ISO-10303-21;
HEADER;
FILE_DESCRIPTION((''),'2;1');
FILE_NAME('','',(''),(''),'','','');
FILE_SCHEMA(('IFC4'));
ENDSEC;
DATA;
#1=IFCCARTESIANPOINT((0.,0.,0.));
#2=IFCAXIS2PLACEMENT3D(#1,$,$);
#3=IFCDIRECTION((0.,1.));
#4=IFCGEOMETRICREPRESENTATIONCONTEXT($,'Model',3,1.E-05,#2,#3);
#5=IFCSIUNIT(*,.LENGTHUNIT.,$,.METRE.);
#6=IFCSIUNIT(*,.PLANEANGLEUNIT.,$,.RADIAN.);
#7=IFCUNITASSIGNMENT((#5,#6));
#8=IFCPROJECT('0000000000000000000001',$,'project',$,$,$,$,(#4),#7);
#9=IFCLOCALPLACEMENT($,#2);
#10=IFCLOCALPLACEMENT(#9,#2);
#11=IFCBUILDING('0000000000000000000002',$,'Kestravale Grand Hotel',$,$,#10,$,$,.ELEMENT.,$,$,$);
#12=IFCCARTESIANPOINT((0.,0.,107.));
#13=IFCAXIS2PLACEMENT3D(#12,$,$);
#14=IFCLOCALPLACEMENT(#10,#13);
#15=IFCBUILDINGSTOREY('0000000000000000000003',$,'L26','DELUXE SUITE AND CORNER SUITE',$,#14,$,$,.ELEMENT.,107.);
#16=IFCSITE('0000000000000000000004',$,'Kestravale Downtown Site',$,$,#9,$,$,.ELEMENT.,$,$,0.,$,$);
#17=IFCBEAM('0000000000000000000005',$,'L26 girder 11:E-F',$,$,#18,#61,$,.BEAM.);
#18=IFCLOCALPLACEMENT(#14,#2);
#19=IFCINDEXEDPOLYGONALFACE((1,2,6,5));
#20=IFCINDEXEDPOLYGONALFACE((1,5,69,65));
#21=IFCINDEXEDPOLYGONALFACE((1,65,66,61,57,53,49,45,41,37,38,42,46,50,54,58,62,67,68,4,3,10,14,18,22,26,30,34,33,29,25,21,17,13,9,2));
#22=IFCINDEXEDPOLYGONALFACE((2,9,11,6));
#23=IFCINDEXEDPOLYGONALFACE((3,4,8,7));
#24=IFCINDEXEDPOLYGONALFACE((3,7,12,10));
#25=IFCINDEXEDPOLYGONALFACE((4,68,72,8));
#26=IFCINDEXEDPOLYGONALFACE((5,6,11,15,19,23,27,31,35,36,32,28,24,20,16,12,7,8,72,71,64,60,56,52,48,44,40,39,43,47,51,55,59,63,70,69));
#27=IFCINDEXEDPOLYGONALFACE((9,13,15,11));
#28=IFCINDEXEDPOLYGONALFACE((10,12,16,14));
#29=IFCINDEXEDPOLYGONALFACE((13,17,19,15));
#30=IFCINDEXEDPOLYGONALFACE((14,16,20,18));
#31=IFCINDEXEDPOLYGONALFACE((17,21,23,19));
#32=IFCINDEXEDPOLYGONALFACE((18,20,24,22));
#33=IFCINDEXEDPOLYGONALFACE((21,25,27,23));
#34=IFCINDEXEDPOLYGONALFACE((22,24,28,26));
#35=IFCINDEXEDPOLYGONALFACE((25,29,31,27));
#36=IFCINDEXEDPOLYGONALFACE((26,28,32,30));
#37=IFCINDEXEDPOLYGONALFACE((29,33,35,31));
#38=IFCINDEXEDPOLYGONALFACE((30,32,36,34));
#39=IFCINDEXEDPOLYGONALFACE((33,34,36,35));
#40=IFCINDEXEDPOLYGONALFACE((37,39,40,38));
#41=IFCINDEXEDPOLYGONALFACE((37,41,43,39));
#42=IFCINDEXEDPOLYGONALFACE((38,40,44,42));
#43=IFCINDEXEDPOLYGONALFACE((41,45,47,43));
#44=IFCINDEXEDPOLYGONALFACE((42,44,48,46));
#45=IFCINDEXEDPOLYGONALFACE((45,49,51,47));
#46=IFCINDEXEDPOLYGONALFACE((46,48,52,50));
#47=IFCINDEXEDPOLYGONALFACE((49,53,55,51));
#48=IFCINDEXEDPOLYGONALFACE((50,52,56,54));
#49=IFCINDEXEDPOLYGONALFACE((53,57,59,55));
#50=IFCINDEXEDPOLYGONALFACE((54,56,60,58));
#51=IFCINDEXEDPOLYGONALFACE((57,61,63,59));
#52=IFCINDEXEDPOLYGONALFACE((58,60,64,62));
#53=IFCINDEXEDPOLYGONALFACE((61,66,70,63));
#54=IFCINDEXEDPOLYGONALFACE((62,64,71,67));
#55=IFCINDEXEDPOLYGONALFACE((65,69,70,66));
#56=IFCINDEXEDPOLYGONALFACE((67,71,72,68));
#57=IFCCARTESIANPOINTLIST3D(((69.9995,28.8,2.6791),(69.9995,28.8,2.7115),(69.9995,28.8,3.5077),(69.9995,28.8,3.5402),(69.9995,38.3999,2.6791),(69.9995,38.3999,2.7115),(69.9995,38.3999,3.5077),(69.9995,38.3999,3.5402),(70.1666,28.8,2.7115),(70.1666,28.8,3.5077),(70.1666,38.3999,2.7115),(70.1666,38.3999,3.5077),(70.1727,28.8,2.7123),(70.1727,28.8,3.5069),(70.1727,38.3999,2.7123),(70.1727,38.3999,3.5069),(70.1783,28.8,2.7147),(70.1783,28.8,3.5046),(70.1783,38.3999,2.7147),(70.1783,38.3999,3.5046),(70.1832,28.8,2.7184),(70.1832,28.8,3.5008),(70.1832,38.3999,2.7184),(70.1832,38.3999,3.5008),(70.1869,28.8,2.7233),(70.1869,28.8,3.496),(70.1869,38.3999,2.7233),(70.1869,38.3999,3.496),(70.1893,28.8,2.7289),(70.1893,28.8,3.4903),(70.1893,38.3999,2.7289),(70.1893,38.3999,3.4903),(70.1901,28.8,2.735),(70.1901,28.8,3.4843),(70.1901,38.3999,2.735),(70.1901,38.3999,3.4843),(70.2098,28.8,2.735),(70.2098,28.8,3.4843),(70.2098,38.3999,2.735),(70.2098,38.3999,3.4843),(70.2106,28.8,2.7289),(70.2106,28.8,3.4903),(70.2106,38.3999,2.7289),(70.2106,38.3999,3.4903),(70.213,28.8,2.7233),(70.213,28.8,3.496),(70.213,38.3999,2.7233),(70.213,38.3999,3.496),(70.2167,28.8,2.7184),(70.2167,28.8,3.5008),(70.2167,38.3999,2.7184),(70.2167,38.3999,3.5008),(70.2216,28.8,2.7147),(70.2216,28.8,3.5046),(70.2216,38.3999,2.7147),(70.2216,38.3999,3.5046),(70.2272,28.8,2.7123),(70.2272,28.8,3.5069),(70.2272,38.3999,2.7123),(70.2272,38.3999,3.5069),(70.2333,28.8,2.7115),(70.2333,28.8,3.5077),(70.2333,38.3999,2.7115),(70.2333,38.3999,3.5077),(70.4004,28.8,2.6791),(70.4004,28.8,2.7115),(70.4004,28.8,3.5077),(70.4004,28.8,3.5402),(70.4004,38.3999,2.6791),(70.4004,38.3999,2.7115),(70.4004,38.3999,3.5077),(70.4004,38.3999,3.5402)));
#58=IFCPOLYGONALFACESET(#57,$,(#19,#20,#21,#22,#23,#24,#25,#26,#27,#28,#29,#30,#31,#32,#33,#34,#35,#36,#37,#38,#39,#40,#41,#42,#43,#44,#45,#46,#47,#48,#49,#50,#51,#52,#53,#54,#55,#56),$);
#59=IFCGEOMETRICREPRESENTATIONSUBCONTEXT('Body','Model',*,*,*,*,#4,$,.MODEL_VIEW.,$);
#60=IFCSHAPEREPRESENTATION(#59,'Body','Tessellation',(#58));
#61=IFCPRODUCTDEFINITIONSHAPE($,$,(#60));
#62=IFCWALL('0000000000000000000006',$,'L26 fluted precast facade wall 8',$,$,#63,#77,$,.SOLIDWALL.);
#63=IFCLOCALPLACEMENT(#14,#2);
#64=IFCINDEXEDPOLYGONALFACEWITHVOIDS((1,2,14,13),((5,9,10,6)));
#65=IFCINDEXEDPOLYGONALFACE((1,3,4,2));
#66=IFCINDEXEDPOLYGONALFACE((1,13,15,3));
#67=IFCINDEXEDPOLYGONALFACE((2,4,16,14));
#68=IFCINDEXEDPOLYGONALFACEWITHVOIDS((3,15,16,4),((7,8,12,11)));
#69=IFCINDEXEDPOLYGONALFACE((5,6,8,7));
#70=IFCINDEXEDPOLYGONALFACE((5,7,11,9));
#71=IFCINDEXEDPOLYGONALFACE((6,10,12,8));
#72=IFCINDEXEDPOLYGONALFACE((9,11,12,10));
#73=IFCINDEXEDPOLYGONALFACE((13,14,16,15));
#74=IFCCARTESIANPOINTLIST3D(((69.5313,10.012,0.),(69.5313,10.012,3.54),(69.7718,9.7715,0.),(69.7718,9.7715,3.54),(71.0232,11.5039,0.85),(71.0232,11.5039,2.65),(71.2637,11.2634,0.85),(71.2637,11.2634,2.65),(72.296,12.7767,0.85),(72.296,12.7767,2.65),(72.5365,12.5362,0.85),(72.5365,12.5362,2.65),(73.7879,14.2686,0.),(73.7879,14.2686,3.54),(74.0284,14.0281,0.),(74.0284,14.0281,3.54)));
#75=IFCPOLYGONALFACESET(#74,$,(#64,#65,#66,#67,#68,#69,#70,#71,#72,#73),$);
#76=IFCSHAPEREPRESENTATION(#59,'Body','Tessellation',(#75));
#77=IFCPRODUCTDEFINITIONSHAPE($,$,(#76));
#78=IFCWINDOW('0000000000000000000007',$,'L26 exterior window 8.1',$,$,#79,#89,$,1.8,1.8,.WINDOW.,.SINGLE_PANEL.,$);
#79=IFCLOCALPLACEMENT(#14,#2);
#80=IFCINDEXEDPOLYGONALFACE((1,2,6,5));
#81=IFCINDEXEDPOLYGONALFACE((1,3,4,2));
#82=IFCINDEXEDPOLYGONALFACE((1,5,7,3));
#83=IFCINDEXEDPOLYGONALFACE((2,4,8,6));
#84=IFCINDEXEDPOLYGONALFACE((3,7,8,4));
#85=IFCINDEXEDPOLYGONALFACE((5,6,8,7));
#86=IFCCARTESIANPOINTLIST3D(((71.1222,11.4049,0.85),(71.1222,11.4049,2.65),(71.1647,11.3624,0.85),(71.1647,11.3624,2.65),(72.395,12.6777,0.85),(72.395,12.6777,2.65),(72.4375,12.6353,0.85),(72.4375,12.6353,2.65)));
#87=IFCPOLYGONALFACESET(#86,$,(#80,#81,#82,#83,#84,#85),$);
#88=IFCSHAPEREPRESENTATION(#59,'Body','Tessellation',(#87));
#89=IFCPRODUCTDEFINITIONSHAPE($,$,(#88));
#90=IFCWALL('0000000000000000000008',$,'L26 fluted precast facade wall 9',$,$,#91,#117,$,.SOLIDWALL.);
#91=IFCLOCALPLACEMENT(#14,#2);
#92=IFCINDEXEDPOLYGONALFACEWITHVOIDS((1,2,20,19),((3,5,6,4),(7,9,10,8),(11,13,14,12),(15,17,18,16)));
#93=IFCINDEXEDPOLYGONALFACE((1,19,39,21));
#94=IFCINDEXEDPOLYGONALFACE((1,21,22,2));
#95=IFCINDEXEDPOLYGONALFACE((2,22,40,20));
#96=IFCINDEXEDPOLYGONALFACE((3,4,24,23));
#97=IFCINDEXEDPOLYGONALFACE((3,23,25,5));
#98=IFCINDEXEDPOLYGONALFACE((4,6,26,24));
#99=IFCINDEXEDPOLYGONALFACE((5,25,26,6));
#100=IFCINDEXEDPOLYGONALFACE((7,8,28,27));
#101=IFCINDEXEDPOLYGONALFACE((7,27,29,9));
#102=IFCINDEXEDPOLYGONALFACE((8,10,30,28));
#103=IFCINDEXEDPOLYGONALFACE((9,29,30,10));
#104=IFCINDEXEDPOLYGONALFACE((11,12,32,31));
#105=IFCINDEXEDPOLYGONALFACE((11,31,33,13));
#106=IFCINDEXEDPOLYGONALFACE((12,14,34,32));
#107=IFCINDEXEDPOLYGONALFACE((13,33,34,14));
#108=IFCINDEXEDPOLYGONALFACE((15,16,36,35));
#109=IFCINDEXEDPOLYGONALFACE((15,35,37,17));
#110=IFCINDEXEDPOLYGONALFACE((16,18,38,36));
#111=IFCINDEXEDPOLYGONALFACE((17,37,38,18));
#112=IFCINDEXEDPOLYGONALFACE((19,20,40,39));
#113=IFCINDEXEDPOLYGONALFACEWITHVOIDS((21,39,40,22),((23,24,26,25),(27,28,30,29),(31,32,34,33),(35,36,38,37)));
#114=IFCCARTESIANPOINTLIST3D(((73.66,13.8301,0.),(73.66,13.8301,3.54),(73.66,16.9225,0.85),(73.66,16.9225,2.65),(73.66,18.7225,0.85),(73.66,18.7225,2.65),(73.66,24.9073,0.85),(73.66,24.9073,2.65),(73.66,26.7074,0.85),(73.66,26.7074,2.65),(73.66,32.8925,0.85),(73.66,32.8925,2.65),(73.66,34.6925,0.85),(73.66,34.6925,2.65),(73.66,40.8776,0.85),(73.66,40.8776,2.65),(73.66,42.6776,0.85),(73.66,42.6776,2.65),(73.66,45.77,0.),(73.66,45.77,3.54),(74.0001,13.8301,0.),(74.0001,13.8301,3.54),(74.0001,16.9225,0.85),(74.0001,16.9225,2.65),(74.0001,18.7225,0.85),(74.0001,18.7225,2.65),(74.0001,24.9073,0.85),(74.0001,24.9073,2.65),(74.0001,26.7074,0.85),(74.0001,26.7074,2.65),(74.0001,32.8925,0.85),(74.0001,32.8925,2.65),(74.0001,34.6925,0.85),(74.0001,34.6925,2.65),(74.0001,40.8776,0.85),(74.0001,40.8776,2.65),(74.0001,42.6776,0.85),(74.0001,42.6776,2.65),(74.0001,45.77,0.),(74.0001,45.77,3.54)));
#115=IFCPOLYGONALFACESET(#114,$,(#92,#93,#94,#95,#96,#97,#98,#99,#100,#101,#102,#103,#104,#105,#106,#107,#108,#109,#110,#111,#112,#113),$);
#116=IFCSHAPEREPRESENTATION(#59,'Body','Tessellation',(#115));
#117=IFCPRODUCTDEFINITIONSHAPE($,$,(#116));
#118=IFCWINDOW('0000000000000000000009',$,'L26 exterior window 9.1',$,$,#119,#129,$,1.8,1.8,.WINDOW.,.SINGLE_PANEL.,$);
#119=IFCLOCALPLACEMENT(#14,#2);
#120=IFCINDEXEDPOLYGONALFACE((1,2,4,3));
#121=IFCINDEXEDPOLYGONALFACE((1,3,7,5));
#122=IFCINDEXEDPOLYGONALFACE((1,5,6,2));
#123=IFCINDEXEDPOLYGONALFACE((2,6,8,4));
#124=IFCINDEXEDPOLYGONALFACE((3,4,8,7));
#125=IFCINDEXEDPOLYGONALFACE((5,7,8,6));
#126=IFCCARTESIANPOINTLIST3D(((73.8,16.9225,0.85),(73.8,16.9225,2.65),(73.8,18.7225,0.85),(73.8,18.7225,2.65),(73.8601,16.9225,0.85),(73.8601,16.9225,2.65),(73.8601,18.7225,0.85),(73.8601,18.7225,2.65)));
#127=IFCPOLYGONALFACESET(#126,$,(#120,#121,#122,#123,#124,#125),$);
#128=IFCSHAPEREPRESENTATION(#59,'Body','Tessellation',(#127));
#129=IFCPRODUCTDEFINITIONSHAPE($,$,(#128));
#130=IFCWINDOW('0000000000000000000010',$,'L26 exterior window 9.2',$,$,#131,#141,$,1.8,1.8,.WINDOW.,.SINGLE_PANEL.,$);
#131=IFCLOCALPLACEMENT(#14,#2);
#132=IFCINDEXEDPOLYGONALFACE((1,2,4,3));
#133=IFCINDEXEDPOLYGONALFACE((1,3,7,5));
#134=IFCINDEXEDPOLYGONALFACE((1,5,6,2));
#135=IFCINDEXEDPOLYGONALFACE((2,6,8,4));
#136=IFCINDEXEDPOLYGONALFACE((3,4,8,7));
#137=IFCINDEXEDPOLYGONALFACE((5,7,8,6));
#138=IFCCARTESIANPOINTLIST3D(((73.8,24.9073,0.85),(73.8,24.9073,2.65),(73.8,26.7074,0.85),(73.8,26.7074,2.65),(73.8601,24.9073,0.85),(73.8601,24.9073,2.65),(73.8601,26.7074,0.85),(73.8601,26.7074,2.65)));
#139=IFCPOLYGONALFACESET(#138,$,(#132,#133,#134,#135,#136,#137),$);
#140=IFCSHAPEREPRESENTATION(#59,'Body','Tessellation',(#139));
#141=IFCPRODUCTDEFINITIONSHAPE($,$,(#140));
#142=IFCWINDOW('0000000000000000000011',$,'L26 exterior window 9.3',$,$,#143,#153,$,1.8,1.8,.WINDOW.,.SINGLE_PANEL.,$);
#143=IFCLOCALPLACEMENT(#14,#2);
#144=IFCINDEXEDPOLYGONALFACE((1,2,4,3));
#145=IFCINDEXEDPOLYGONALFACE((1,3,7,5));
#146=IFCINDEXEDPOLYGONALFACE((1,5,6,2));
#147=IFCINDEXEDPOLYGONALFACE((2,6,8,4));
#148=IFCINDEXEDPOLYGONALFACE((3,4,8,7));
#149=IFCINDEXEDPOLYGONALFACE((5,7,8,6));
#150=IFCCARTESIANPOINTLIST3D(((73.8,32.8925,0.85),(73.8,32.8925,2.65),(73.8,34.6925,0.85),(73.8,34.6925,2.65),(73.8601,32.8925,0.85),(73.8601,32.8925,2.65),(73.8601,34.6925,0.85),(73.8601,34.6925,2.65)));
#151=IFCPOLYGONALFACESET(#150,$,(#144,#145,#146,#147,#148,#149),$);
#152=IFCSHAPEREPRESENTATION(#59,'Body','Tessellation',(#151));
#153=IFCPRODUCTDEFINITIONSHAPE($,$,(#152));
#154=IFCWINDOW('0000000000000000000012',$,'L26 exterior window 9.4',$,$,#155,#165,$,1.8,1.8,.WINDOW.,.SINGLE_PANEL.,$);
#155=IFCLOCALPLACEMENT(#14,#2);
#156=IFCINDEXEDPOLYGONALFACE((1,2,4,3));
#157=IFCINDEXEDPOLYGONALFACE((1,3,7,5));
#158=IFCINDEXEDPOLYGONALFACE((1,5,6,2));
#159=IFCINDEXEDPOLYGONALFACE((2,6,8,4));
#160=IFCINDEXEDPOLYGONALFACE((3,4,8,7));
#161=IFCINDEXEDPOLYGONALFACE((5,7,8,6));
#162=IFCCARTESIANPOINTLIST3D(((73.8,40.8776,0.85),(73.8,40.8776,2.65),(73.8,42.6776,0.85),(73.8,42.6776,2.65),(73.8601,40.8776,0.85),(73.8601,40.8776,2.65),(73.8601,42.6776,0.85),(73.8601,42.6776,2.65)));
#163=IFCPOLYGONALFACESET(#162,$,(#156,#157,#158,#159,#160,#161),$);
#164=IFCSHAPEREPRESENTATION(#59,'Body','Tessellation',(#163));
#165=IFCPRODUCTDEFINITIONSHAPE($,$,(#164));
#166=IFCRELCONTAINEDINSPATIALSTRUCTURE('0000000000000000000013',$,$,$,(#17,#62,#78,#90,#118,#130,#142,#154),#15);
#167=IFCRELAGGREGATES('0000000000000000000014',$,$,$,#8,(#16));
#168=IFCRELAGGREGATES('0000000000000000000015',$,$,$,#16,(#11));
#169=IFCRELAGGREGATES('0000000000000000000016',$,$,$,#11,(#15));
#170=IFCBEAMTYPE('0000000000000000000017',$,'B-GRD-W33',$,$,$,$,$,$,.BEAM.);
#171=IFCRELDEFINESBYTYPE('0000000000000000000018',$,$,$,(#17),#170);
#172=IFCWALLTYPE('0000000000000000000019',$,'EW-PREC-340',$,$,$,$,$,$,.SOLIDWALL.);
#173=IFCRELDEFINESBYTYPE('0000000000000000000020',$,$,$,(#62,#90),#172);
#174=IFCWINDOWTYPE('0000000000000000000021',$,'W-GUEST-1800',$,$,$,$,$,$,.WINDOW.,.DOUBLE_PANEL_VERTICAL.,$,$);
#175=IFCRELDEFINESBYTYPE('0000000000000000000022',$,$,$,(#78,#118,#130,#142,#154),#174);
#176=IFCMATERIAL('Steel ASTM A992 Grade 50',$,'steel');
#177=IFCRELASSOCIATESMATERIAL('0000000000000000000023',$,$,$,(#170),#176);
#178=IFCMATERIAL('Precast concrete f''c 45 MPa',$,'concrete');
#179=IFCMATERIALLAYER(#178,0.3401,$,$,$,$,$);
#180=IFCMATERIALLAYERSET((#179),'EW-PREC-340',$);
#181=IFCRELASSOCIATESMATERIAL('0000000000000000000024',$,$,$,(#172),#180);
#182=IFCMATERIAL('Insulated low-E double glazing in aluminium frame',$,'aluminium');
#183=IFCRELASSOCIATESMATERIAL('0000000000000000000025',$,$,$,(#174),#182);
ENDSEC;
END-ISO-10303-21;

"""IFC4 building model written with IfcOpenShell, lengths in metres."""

from ifc_helpers import new_model, si_unit, direction, frame, frame_2d, origin, origin_2d, place, context, subcontext, project, spatial, rectangle, i_section, extrude, material, layer, layer_set, material_profile, profile_set, type_object, element, fill, save


model = new_model("IFC4")

# Units and contexts
model_context = context("Model", 3, precision=1e-05, world=origin(), true_north=direction((0.0, 1.0)))
body_context = subcontext(model_context, "Body", "Model", "MODEL_VIEW")
ifc_project = project(units=[si_unit("LENGTHUNIT", "METRE"), si_unit("PLANEANGLEUNIT", "RADIAN")], contexts=[model_context])

# Site, building, storey
site_placement = place(None, origin())
site = spatial("IfcSite", under=ifc_project, at=site_placement, Name="Kestravale Downtown Site", CompositionType="ELEMENT", RefElevation=0.0)
building_placement = place(site_placement, origin())
building = spatial("IfcBuilding", under=site, at=building_placement, Name="Kestravale Grand Hotel", CompositionType="ELEMENT")
storey_placement = place(building_placement, frame((0.0, 0.0, 107.0)))
storey = spatial("IfcBuildingStorey", under=building, at=storey_placement, Name="L26", Description="DELUXE SUITE AND CORNER SUITE", CompositionType="ELEMENT", Elevation=107.0)

# Beam
ifc_material_1 = material(Name="Steel ASTM A992 Grade 50", Category="steel")
ifc_material_profile_1 = material_profile(ifc_material_1, i_section(OverallWidth=0.4009, OverallDepth=0.8611, WebThickness=0.0198, FlangeThickness=0.0325, FilletRadius=0.0234, at=origin_2d()))
ifc_profile_set_1 = profile_set([ifc_material_profile_1], Name="Steel ASTM A992 Grade 50")
beam_type_1 = type_object("IfcBeamType", Name="B-GRD-W33", PredefinedType="BEAM", material=ifc_profile_set_1)
beam_1_placement = place(storey_placement, frame((70.2, 28.8, 3.1096), z_axis=(0.0, 1.0, 0.0), x_axis=(-1.0, 0.0, 0.0)))
element("IfcBeam", 1, at=beam_1_placement, inside=storey, type_object=beam_type_1, Name="L26 girder 11:E-F", PredefinedType="BEAM", context=body_context, shape_type="SweptSolid", body=[
    extrude(i_section(OverallWidth=0.4009, OverallDepth=0.8611, WebThickness=0.0198, FlangeThickness=0.0325, FilletRadius=0.0234, at=origin_2d()), origin(), (0.0, 0.0, 1.0), 9.5999),
])

# Wall, opening, window
ifc_material_2 = material(Name="Precast concrete f'c 45 MPa", Category="concrete")
ifc_layer_1 = layer(ifc_material_2, 0.3401)
ifc_layer_set_1 = layer_set([ifc_layer_1], Name="EW-PREC-340")
wall_type_1 = type_object("IfcWallType", Name="EW-PREC-340", PredefinedType="SOLIDWALL", material=ifc_layer_set_1)
wall_1_placement = place(storey_placement, frame((69.6516, 9.8918, 0.0), z_axis=(0.0, 0.0, 1.0), x_axis=(0.707107, 0.707107, 0.0)))
wall_1 = element("IfcWall", 2, at=wall_1_placement, inside=storey, type_object=wall_type_1, Name="L26 fluted precast facade wall 8", PredefinedType="SOLIDWALL", context=body_context, shape_type="SweptSolid", body=[
    extrude(rectangle(XDim=6.0198, YDim=0.3401, at=frame_2d((3.0098, 0.0))), origin(), (0.0, 0.0, 1.0), 3.54),
])
opening_1_placement = place(wall_1_placement, frame((2.1099, 0.0, 0.8501)))
opening_1 = element("IfcOpeningElement", 3, at=opening_1_placement, cuts=wall_1, PredefinedType="OPENING", context=body_context, shape_type="SweptSolid", body=[
    extrude(rectangle(XDim=1.8, YDim=1.8, at=frame_2d((0.8999, 0.8999))), frame((0.0, 0.1799, 0.0), z_axis=(0.0, -1.0, 0.0), x_axis=(1.0, 0.0, 0.0)), (0.0, 0.0, 1.0), 0.3601),
])
ifc_material_3 = material(Name="Insulated low-E double glazing in aluminium frame", Category="aluminium")
window_type = type_object("IfcWindowType", Name="W-GUEST-1800", PartitioningType="DOUBLE_PANEL_VERTICAL", PredefinedType="WINDOW", material=ifc_material_3)
window_1_placement = place(opening_1_placement, origin())
window_1 = element("IfcWindow", 4, at=window_1_placement, inside=storey, type_object=window_type, Name="L26 exterior window 8.1", OverallHeight=1.8, OverallWidth=1.8, PartitioningType="SINGLE_PANEL", PredefinedType="WINDOW", context=body_context, shape_type="SweptSolid", body=[
    extrude(rectangle(XDim=1.8, YDim=1.8, at=frame_2d((0.8999, 0.8999))), frame((0.0, 0.03, 0.0), z_axis=(0.0, -1.0, 0.0), x_axis=(1.0, 0.0, 0.0)), (0.0, 0.0, 1.0), 0.0601),
])
fill(opening_1, window_1)

# Wall, openings, windows
wall_2_placement = place(storey_placement, frame((73.8301, 13.8301, 0.0), z_axis=(0.0, 0.0, 1.0), x_axis=(0.0, 1.0, 0.0)))
wall_2 = element("IfcWall", 5, at=wall_2_placement, inside=storey, type_object=wall_type_1, Name="L26 fluted precast facade wall 9", PredefinedType="SOLIDWALL", context=body_context, shape_type="SweptSolid", body=[
    extrude(rectangle(XDim=31.9399, YDim=0.3401, at=frame_2d((15.97, 0.0))), origin(), (0.0, 0.0, 1.0), 3.54),
])
opening_2_placement = place(wall_2_placement, frame((3.0925, 0.0, 0.8501)))
opening_2 = element("IfcOpeningElement", 6, at=opening_2_placement, cuts=wall_2, PredefinedType="OPENING", context=body_context, shape_type="SweptSolid", body=[
    extrude(rectangle(XDim=1.8, YDim=1.8, at=frame_2d((0.8999, 0.8999))), frame((0.0, 0.1799, 0.0), z_axis=(0.0, -1.0, 0.0), x_axis=(1.0, 0.0, 0.0)), (0.0, 0.0, 1.0), 0.3601),
])
opening_3_placement = place(wall_2_placement, frame((11.0774, 0.0, 0.8501)))
opening_3 = element("IfcOpeningElement", 7, at=opening_3_placement, cuts=wall_2, PredefinedType="OPENING", context=body_context, shape_type="SweptSolid", body=[
    extrude(rectangle(XDim=1.8, YDim=1.8, at=frame_2d((0.8999, 0.8999))), frame((0.0, 0.1799, 0.0), z_axis=(0.0, -1.0, 0.0), x_axis=(1.0, 0.0, 0.0)), (0.0, 0.0, 1.0), 0.3601),
])
opening_4_placement = place(wall_2_placement, frame((19.0625, 0.0, 0.8501)))
opening_4 = element("IfcOpeningElement", 8, at=opening_4_placement, cuts=wall_2, PredefinedType="OPENING", context=body_context, shape_type="SweptSolid", body=[
    extrude(rectangle(XDim=1.8, YDim=1.8, at=frame_2d((0.8999, 0.8999))), frame((0.0, 0.1799, 0.0), z_axis=(0.0, -1.0, 0.0), x_axis=(1.0, 0.0, 0.0)), (0.0, 0.0, 1.0), 0.3601),
])
opening_5_placement = place(wall_2_placement, frame((27.0476, 0.0, 0.8501)))
opening_5 = element("IfcOpeningElement", 9, at=opening_5_placement, cuts=wall_2, PredefinedType="OPENING", context=body_context, shape_type="SweptSolid", body=[
    extrude(rectangle(XDim=1.8, YDim=1.8, at=frame_2d((0.8999, 0.8999))), frame((0.0, 0.1799, 0.0), z_axis=(0.0, -1.0, 0.0), x_axis=(1.0, 0.0, 0.0)), (0.0, 0.0, 1.0), 0.3601),
])
window_2_placement = place(opening_2_placement, origin())
window_2 = element("IfcWindow", 10, at=window_2_placement, inside=storey, type_object=window_type, Name="L26 exterior window 9.1", OverallHeight=1.8, OverallWidth=1.8, PartitioningType="SINGLE_PANEL", PredefinedType="WINDOW", context=body_context, shape_type="SweptSolid", body=[
    extrude(rectangle(XDim=1.8, YDim=1.8, at=frame_2d((0.8999, 0.8999))), frame((0.0, 0.03, 0.0), z_axis=(0.0, -1.0, 0.0), x_axis=(1.0, 0.0, 0.0)), (0.0, 0.0, 1.0), 0.0601),
])
fill(opening_2, window_2)
window_3_placement = place(opening_3_placement, origin())
window_3 = element("IfcWindow", 11, at=window_3_placement, inside=storey, type_object=window_type, Name="L26 exterior window 9.2", OverallHeight=1.8, OverallWidth=1.8, PartitioningType="SINGLE_PANEL", PredefinedType="WINDOW", context=body_context, shape_type="SweptSolid", body=[
    extrude(rectangle(XDim=1.8, YDim=1.8, at=frame_2d((0.8999, 0.8999))), frame((0.0, 0.03, 0.0), z_axis=(0.0, -1.0, 0.0), x_axis=(1.0, 0.0, 0.0)), (0.0, 0.0, 1.0), 0.0601),
])
fill(opening_3, window_3)
window_4_placement = place(opening_4_placement, origin())
window_4 = element("IfcWindow", 12, at=window_4_placement, inside=storey, type_object=window_type, Name="L26 exterior window 9.3", OverallHeight=1.8, OverallWidth=1.8, PartitioningType="SINGLE_PANEL", PredefinedType="WINDOW", context=body_context, shape_type="SweptSolid", body=[
    extrude(rectangle(XDim=1.8, YDim=1.8, at=frame_2d((0.8999, 0.8999))), frame((0.0, 0.03, 0.0), z_axis=(0.0, -1.0, 0.0), x_axis=(1.0, 0.0, 0.0)), (0.0, 0.0, 1.0), 0.0601),
])
fill(opening_4, window_4)
window_5_placement = place(opening_5_placement, origin())
window_5 = element("IfcWindow", 13, at=window_5_placement, inside=storey, type_object=window_type, Name="L26 exterior window 9.4", OverallHeight=1.8, OverallWidth=1.8, PartitioningType="SINGLE_PANEL", PredefinedType="WINDOW", context=body_context, shape_type="SweptSolid", body=[
    extrude(rectangle(XDim=1.8, YDim=1.8, at=frame_2d((0.8999, 0.8999))), frame((0.0, 0.03, 0.0), z_axis=(0.0, -1.0, 0.0), x_axis=(1.0, 0.0, 0.0)), (0.0, 0.0, 1.0), 0.0601),
])
fill(opening_5, window_5)

save(model, "model.ifc")
